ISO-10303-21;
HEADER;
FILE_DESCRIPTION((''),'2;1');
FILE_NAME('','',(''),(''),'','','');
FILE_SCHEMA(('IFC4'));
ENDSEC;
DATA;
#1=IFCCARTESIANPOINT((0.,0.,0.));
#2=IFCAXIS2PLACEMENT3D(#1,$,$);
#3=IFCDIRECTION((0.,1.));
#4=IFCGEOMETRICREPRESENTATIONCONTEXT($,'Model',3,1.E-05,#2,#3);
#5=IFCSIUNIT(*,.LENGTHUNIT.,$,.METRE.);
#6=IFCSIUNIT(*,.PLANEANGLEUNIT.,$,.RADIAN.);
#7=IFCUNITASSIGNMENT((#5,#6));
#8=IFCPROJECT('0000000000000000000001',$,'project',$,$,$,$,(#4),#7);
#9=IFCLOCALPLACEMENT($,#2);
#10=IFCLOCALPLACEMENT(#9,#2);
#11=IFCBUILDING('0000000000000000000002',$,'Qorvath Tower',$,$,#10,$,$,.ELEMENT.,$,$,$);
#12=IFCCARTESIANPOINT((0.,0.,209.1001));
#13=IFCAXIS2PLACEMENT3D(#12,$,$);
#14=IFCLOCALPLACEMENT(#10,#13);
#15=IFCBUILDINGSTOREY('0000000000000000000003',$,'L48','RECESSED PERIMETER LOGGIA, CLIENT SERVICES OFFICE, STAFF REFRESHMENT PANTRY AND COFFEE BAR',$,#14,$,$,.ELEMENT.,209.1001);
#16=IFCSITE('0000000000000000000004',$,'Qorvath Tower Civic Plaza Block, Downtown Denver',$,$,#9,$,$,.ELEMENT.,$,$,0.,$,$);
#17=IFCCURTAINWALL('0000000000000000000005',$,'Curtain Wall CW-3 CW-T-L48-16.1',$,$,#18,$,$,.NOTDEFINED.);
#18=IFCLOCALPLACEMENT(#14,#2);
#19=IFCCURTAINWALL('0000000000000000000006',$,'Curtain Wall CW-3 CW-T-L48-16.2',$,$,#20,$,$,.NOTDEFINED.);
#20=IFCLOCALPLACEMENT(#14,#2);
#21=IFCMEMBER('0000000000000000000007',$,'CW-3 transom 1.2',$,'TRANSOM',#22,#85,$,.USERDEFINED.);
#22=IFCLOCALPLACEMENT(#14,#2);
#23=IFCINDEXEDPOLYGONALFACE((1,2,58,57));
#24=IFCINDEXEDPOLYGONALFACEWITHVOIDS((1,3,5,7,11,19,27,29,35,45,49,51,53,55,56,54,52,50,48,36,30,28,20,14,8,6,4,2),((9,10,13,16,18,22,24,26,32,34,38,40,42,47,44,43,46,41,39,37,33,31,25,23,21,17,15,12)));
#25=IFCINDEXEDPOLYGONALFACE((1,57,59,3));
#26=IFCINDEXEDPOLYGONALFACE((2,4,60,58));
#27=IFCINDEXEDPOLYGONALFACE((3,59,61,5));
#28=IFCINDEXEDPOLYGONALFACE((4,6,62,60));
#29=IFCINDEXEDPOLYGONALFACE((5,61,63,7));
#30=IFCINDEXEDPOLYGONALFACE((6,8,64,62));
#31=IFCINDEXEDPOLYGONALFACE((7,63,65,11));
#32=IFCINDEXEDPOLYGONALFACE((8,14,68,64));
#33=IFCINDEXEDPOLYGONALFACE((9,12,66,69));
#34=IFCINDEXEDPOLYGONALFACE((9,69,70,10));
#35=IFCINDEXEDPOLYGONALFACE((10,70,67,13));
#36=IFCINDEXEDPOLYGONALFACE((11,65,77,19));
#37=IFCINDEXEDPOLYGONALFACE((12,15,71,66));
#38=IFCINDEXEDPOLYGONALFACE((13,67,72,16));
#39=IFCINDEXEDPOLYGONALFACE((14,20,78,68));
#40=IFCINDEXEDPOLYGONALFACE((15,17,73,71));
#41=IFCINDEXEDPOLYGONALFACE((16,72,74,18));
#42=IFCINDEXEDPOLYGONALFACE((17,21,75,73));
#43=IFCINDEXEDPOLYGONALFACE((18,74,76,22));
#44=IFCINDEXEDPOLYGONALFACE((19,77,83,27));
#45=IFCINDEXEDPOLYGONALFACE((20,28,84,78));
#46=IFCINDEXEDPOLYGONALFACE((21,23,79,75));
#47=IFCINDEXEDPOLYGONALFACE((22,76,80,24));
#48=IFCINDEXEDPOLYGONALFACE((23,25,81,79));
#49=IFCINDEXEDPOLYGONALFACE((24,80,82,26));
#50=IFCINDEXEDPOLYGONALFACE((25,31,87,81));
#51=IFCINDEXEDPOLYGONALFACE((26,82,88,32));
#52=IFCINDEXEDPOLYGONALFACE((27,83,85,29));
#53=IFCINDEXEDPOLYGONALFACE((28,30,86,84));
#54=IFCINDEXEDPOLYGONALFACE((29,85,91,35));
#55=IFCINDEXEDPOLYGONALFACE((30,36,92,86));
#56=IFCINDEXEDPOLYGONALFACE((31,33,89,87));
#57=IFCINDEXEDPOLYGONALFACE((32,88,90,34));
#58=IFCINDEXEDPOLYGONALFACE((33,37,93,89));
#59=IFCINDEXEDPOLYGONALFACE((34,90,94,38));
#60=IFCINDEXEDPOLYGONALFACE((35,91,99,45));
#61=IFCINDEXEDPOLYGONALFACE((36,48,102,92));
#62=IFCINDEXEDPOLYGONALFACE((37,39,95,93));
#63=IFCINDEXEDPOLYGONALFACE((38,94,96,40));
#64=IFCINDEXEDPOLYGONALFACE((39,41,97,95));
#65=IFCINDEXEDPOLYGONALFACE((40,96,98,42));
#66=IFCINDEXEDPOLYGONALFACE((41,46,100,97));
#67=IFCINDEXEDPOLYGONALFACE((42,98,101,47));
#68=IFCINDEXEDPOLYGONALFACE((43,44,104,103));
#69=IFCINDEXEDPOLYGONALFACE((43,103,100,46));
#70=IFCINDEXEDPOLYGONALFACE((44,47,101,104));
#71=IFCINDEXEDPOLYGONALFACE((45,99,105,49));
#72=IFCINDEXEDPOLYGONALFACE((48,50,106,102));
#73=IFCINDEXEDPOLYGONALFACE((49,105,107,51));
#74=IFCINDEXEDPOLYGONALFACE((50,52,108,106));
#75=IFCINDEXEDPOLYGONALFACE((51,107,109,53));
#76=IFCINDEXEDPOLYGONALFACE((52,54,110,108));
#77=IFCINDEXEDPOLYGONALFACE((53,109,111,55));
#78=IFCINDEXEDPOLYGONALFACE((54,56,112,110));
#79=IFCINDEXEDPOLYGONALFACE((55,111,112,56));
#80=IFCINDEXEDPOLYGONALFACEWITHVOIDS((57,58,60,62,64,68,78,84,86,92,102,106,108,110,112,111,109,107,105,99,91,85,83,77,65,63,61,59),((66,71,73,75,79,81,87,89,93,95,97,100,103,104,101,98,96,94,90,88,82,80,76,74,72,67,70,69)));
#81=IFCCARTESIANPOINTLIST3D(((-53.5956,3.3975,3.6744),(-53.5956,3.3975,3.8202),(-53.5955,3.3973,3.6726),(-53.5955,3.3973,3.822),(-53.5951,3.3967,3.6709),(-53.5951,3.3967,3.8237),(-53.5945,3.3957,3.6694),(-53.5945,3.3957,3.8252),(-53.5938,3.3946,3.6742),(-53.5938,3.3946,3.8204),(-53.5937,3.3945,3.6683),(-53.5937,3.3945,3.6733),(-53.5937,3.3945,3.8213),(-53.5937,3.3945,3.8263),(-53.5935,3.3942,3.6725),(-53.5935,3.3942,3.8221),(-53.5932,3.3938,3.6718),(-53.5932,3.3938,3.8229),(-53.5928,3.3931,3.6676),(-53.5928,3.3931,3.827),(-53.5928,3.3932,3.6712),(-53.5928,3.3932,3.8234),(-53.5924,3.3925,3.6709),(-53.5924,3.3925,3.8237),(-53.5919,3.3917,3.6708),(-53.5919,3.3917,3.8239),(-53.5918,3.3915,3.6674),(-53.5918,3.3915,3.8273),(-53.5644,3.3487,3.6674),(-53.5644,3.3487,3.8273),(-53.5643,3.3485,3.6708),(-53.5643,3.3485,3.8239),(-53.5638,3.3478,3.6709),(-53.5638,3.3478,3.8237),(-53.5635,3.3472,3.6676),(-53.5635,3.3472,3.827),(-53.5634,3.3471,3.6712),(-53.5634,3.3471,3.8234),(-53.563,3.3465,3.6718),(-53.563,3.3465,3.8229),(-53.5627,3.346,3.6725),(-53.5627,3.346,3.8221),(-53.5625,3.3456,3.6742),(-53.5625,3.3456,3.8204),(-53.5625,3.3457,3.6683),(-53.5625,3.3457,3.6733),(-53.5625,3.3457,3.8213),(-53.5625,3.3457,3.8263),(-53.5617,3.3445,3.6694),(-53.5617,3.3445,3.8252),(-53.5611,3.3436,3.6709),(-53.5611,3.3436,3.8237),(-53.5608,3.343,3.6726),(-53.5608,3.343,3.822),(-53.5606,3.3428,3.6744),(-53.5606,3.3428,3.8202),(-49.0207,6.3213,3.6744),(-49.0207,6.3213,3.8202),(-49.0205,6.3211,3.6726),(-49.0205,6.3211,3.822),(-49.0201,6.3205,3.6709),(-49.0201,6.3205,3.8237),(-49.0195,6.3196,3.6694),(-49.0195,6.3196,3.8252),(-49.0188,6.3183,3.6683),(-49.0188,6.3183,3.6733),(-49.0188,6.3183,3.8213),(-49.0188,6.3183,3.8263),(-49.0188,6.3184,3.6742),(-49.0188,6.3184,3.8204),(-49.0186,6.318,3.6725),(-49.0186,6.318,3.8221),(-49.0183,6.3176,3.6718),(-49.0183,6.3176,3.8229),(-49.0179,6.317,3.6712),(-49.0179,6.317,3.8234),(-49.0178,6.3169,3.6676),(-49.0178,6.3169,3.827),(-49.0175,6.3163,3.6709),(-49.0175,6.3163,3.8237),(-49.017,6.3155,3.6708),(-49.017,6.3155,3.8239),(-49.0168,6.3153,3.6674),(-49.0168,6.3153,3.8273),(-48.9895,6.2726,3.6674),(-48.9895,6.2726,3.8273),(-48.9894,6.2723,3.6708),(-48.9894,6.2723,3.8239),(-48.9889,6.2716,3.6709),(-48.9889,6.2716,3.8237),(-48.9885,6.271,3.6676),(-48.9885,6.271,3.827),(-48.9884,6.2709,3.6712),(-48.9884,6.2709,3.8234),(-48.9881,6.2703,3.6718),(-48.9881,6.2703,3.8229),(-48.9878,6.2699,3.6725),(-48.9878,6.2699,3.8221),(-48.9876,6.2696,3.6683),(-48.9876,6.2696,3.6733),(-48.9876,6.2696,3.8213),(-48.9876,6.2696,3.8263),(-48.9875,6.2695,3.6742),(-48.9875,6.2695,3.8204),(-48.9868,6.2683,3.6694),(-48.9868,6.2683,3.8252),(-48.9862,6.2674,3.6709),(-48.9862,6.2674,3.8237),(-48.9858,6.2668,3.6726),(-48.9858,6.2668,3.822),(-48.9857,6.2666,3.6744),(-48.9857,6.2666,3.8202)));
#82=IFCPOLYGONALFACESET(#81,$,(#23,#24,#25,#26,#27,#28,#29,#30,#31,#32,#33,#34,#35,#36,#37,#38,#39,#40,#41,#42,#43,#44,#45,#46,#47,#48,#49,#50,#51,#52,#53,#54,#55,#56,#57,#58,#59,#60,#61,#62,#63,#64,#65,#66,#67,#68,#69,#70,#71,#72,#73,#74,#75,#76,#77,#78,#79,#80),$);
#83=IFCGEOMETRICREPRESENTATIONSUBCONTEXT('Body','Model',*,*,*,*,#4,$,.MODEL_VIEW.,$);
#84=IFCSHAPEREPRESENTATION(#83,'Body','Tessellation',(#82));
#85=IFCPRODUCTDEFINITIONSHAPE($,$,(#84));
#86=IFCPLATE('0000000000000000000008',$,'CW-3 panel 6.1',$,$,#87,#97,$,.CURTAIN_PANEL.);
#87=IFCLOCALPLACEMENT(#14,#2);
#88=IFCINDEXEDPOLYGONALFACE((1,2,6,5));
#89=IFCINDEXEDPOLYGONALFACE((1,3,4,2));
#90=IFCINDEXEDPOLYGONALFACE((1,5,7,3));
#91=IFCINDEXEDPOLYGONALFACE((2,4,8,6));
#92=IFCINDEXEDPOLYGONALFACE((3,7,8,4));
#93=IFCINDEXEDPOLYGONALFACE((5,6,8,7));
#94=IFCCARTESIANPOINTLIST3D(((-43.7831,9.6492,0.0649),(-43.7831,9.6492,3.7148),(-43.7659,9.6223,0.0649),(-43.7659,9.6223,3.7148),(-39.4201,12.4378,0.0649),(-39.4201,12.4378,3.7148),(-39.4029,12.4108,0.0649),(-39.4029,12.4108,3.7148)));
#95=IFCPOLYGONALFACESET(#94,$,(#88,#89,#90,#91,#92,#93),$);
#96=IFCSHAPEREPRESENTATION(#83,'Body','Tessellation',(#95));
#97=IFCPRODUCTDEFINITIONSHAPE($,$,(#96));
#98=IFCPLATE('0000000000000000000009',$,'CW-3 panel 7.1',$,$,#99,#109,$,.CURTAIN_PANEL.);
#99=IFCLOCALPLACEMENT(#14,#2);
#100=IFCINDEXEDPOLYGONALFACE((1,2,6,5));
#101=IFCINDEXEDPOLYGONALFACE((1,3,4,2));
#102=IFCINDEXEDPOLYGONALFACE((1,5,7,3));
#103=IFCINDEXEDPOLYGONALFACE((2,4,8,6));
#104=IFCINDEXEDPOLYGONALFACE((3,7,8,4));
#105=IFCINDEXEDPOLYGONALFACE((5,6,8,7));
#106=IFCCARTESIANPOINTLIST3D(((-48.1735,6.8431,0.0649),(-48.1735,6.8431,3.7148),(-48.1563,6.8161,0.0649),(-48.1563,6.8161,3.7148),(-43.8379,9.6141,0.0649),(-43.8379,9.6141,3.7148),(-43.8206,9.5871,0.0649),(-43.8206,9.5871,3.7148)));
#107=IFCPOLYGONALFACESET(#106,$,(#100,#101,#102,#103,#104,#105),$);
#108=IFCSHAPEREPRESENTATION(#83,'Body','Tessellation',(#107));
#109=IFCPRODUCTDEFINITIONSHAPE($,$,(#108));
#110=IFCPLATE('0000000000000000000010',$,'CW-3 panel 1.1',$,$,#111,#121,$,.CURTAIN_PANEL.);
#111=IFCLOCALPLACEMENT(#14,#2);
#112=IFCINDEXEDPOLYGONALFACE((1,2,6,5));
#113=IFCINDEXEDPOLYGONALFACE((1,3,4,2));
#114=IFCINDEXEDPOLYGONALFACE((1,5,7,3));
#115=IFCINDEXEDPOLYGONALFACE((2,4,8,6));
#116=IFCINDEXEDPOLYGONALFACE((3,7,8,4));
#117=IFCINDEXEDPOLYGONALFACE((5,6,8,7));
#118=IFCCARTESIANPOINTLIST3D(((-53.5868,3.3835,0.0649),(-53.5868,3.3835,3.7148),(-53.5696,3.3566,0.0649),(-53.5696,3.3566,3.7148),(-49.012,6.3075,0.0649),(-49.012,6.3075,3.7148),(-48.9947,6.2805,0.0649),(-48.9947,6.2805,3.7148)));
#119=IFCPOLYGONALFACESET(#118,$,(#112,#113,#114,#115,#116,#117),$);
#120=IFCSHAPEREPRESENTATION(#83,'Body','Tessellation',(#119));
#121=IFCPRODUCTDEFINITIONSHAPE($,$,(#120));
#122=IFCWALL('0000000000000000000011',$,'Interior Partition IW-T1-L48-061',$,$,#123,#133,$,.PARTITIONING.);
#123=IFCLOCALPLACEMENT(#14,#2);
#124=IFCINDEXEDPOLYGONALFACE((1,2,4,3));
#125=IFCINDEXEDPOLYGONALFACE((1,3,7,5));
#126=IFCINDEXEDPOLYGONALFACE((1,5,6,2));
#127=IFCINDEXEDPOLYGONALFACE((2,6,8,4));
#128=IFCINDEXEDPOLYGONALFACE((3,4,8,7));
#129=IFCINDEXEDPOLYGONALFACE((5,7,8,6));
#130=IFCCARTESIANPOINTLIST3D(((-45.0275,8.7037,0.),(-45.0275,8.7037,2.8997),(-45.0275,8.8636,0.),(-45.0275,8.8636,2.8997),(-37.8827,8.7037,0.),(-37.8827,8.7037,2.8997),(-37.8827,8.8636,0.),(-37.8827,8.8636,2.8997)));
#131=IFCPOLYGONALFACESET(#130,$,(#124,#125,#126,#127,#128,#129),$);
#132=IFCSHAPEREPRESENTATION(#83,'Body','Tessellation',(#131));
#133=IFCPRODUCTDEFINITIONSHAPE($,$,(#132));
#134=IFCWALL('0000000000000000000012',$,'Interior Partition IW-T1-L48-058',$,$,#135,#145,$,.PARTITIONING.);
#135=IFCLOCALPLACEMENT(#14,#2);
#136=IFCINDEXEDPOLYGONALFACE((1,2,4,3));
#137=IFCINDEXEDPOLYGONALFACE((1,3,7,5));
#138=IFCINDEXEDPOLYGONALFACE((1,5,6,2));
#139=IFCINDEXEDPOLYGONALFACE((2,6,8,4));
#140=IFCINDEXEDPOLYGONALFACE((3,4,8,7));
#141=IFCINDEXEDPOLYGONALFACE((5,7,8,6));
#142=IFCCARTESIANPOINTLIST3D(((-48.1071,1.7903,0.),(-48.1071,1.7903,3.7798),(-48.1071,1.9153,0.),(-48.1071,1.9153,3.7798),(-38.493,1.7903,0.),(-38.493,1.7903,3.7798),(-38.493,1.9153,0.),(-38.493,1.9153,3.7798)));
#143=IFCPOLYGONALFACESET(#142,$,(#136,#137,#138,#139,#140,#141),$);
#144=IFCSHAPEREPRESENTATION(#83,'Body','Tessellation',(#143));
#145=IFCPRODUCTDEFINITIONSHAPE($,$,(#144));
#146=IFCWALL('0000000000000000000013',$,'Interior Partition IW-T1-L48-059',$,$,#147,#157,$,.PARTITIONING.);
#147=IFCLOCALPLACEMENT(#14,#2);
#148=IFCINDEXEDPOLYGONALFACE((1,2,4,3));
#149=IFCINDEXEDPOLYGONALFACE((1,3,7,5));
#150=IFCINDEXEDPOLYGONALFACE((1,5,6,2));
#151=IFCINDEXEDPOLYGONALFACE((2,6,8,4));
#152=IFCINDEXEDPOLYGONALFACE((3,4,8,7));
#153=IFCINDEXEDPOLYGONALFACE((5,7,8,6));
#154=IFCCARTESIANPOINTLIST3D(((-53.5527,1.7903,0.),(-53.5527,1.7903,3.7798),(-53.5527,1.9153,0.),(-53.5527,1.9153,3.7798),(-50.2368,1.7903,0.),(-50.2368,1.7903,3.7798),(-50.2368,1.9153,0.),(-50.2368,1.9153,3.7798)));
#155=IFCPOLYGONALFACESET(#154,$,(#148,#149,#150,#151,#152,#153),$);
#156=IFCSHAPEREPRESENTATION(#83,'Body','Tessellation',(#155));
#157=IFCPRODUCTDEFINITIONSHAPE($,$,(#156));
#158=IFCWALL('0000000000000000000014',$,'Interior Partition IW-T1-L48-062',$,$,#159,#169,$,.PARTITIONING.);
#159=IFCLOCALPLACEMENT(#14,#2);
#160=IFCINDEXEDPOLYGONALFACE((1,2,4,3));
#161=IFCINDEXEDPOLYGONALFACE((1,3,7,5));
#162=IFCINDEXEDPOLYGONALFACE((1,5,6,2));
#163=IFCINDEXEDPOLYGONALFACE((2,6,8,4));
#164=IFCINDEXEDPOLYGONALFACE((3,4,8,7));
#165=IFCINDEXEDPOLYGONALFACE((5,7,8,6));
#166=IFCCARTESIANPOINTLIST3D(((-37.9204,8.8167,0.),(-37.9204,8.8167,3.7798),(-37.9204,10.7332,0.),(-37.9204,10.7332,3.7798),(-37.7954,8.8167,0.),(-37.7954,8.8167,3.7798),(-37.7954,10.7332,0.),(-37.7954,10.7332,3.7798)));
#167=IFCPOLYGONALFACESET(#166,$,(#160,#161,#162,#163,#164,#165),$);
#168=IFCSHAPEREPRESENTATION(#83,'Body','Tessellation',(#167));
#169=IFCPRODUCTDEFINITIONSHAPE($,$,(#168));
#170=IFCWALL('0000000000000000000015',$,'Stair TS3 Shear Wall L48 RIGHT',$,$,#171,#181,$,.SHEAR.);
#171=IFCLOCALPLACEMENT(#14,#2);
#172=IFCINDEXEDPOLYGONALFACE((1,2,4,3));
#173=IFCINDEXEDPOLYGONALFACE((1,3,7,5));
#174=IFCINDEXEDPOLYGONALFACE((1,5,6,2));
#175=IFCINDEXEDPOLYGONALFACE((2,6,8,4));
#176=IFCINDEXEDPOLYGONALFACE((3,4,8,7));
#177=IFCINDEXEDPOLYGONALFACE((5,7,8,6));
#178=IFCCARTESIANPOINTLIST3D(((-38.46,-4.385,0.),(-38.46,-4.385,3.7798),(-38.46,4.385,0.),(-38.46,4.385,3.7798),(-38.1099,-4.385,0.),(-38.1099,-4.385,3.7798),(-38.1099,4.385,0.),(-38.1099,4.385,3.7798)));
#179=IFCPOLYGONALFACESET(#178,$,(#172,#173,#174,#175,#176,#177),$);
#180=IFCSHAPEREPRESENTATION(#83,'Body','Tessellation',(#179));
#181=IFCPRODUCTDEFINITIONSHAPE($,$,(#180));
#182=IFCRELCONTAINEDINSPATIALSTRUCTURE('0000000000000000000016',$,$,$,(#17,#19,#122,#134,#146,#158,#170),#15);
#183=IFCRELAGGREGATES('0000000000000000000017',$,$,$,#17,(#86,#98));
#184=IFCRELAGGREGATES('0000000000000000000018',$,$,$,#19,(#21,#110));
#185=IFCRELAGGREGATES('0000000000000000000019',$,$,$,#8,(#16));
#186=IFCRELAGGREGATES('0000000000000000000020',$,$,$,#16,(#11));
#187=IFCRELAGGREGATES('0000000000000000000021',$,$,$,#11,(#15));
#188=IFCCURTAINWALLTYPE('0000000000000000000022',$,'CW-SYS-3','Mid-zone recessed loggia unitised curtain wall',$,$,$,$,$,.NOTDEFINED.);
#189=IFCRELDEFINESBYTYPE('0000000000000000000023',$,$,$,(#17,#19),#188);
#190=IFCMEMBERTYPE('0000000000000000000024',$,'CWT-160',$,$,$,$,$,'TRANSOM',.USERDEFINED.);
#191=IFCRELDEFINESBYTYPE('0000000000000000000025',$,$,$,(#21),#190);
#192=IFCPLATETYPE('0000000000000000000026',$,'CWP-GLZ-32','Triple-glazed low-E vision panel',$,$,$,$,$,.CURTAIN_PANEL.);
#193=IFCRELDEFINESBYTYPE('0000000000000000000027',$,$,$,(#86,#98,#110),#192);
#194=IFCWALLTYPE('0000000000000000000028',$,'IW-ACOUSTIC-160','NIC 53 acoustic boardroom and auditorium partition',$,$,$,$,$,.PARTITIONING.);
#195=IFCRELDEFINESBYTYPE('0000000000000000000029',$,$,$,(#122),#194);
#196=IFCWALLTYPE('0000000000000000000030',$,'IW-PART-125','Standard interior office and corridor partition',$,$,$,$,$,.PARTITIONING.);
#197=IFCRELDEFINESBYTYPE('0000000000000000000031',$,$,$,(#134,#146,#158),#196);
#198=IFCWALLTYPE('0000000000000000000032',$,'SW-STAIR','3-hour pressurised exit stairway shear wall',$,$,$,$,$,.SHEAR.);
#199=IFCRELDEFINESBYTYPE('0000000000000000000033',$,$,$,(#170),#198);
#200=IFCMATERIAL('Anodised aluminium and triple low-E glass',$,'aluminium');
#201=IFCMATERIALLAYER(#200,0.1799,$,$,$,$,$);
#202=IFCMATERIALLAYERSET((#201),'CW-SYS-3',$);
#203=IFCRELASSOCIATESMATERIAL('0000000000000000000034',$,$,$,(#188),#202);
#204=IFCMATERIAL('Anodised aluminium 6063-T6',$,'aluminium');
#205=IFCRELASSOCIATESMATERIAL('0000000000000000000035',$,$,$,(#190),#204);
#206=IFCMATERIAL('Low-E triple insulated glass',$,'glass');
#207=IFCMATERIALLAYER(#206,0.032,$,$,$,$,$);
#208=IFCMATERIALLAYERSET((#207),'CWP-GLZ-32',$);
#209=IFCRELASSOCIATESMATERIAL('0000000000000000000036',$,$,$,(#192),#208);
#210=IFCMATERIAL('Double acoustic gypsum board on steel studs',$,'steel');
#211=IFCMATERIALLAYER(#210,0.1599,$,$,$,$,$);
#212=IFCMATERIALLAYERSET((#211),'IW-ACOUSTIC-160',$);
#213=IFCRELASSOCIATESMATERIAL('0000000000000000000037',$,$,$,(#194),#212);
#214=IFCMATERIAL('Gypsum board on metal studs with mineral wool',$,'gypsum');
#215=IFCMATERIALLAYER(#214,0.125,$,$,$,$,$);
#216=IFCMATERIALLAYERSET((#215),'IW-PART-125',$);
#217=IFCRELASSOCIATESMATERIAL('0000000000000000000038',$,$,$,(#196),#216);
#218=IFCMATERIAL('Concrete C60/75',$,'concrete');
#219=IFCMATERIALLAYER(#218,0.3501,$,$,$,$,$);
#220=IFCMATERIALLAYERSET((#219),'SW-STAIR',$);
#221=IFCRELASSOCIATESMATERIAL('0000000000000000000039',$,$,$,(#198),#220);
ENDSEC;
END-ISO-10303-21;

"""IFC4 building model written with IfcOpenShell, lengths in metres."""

from ifc_helpers import new_model, si_unit, direction, frame, frame_2d, origin, origin_2d, place, context, subcontext, project, spatial, rectangle, hollow_rectangle, extrude, material, layer, layer_set, material_profile, profile_set, type_object, element, aggregate, save


model = new_model("IFC4")

# Units and contexts
model_context = context("Model", 3, precision=1e-05, world=origin(), true_north=direction((0.0, 1.0)))
body_context = subcontext(model_context, "Body", "Model", "MODEL_VIEW")
ifc_project = project(units=[si_unit("LENGTHUNIT", "METRE"), si_unit("PLANEANGLEUNIT", "RADIAN")], contexts=[model_context])

# Site, building, storey
site_placement = place(None, origin())
site = spatial("IfcSite", under=ifc_project, at=site_placement, Name="Qorvath Tower Civic Plaza Block, Downtown Denver", CompositionType="ELEMENT", RefElevation=0.0)
building_placement = place(site_placement, origin())
building = spatial("IfcBuilding", under=site, at=building_placement, Name="Qorvath Tower", CompositionType="ELEMENT")
storey_placement = place(building_placement, frame((0.0, 0.0, 209.1001)))
storey = spatial("IfcBuildingStorey", under=building, at=storey_placement, Name="L48", Description="RECESSED PERIMETER LOGGIA, CLIENT SERVICES OFFICE, STAFF REFRESHMENT PANTRY AND COFFEE BAR", CompositionType="ELEMENT", Elevation=209.1001)

# Curtain walls
ifc_material_1 = material(Name="Anodised aluminium and triple low-E glass", Category="aluminium")
ifc_layer_1 = layer(ifc_material_1, 0.1799)
ifc_layer_set_1 = layer_set([ifc_layer_1], Name="CW-SYS-3")
curtain_wall_type = type_object("IfcCurtainWallType", Name="CW-SYS-3", Description="Mid-zone recessed loggia unitised curtain wall", PredefinedType="NOTDEFINED", material=ifc_layer_set_1)
curtain_wall_1_placement = place(storey_placement, origin())
curtain_wall_1 = element("IfcCurtainWall", 1, at=curtain_wall_1_placement, inside=storey, type_object=curtain_wall_type, Name="Curtain Wall CW-3 CW-T-L48-16.1", PredefinedType="NOTDEFINED")
curtain_wall_2_placement = place(storey_placement, origin())
curtain_wall_2 = element("IfcCurtainWall", 2, at=curtain_wall_2_placement, inside=storey, type_object=curtain_wall_type, Name="Curtain Wall CW-3 CW-T-L48-16.2", PredefinedType="NOTDEFINED")

# Member
ifc_material_2 = material(Name="Anodised aluminium 6063-T6", Category="aluminium")
ifc_material_profile_1 = material_profile(ifc_material_2, hollow_rectangle(XDim=0.0649, YDim=0.1599, WallThickness=0.0034, InnerFilletRadius=0.0034, OuterFilletRadius=0.0071, at=origin_2d()), Name="CWT 160x65")
ifc_profile_set_1 = profile_set([ifc_material_profile_1], Name="Anodised aluminium 6063-T6")
member_type_1 = type_object("IfcMemberType", Name="CWT-160", ElementType="TRANSOM", PredefinedType="USERDEFINED", material=ifc_profile_set_1)
member_1_placement = place(storey_placement, frame((-49.0032, 6.2939, 3.7473), z_axis=(-0.842617, -0.538513, 0.0), x_axis=(0.538513, -0.842617, 0.0)))
member_1 = element("IfcMember", 3, at=member_1_placement, type_object=member_type_1, Name="CW-3 transom 1.2", ObjectType="TRANSOM", PredefinedType="USERDEFINED", context=body_context, shape_type="SweptSolid", body=[
    extrude(hollow_rectangle(XDim=0.0649, YDim=0.1599, WallThickness=0.0034, InnerFilletRadius=0.0034, OuterFilletRadius=0.0071, at=origin_2d()), origin(), (0.0, 0.0, 1.0), 5.4294),
])

# Plates
ifc_material_3 = material(Name="Low-E triple insulated glass", Category="glass")
ifc_layer_2 = layer(ifc_material_3, 0.032)
ifc_layer_set_2 = layer_set([ifc_layer_2], Name="CWP-GLZ-32")
plate_type = type_object("IfcPlateType", Name="CWP-GLZ-32", Description="Triple-glazed low-E vision panel", PredefinedType="CURTAIN_PANEL", material=ifc_layer_set_2)
plate_1_placement = place(storey_placement, frame((-41.593, 11.03, 0.0649), z_axis=(0.0, 0.0, 1.0), x_axis=(-0.842605, -0.538532, 0.0)))
plate_1 = element("IfcPlate", 4, at=plate_1_placement, type_object=plate_type, Name="CW-3 panel 6.1", PredefinedType="CURTAIN_PANEL", context=body_context, shape_type="SweptSolid", body=[
    extrude(rectangle(XDim=5.178, YDim=0.032, at=origin_2d()), origin(), (0.0, 0.0, 1.0), 3.6499),
])
plate_2_placement = place(storey_placement, frame((-45.9971, 8.2151, 0.0649), z_axis=(0.0, 0.0, 1.0), x_axis=(-0.842605, -0.538532, 0.0)))
plate_2 = element("IfcPlate", 5, at=plate_2_placement, type_object=plate_type, Name="CW-3 panel 7.1", PredefinedType="CURTAIN_PANEL", context=body_context, shape_type="SweptSolid", body=[
    extrude(rectangle(XDim=5.1455, YDim=0.032, at=origin_2d()), origin(), (0.0, 0.0, 1.0), 3.6499),
])
aggregate(curtain_wall_1, [plate_1, plate_2])
plate_3_placement = place(storey_placement, frame((-51.2908, 4.832, 0.0649), z_axis=(0.0, 0.0, 1.0), x_axis=(-0.842602, -0.538537, 0.0)))
plate_3 = element("IfcPlate", 6, at=plate_3_placement, type_object=plate_type, Name="CW-3 panel 1.1", PredefinedType="CURTAIN_PANEL", context=body_context, shape_type="SweptSolid", body=[
    extrude(rectangle(XDim=5.4294, YDim=0.032, at=origin_2d()), origin(), (0.0, 0.0, 1.0), 3.6499),
])
aggregate(curtain_wall_2, [member_1, plate_3])

# Shared definitions
ifc_material_4 = material(Name="Double acoustic gypsum board on steel studs", Category="steel")
ifc_layer_3 = layer(ifc_material_4, 0.1599)
ifc_layer_set_3 = layer_set([ifc_layer_3], Name="IW-ACOUSTIC-160")
wall_type_1 = type_object("IfcWallType", Name="IW-ACOUSTIC-160", Description="NIC 53 acoustic boardroom and auditorium partition", PredefinedType="PARTITIONING", material=ifc_layer_set_3)

# Walls
wall_1_placement = place(storey_placement, frame((-37.8828, 8.7837, 0.0), z_axis=(0.0, 0.0, 1.0), x_axis=(-1.0, 0.0, 0.0)))
element("IfcWall", 7, at=wall_1_placement, inside=storey, type_object=wall_type_1, Name="Interior Partition IW-T1-L48-061", PredefinedType="PARTITIONING", context=body_context, shape_type="SweptSolid", body=[
    extrude(rectangle(XDim=7.1448, YDim=0.1599, at=frame_2d((3.5723, 0.0))), origin(), (0.0, 0.0, 1.0), 2.8997),
])
ifc_material_5 = material(Name="Gypsum board on metal studs with mineral wool", Category="gypsum")
ifc_layer_4 = layer(ifc_material_5, 0.125)
ifc_layer_set_4 = layer_set([ifc_layer_4], Name="IW-PART-125")
wall_type_2 = type_object("IfcWallType", Name="IW-PART-125", Description="Standard interior office and corridor partition", PredefinedType="PARTITIONING", material=ifc_layer_set_4)
wall_2_placement = place(storey_placement, frame((-38.4929, 1.8528, 0.0), z_axis=(0.0, 0.0, 1.0), x_axis=(-1.0, 0.0, 0.0)))
element("IfcWall", 8, at=wall_2_placement, inside=storey, type_object=wall_type_2, Name="Interior Partition IW-T1-L48-058", PredefinedType="PARTITIONING", context=body_context, shape_type="SweptSolid", body=[
    extrude(rectangle(XDim=9.614, YDim=0.125, at=frame_2d((4.8071, 0.0))), origin(), (0.0, 0.0, 1.0), 3.7798),
])
wall_3_placement = place(storey_placement, frame((-50.2368, 1.8528, 0.0), z_axis=(0.0, 0.0, 1.0), x_axis=(-1.0, 0.0, 0.0)))
element("IfcWall", 9, at=wall_3_placement, inside=storey, type_object=wall_type_2, Name="Interior Partition IW-T1-L48-059", PredefinedType="PARTITIONING", context=body_context, shape_type="SweptSolid", body=[
    extrude(rectangle(XDim=3.3159, YDim=0.125, at=frame_2d((1.658, 0.0))), origin(), (0.0, 0.0, 1.0), 3.7798),
])
wall_4_placement = place(storey_placement, frame((-37.8579, 8.8167, 0.0), z_axis=(0.0, 0.0, 1.0), x_axis=(0.0, 1.0, 0.0)))
element("IfcWall", 10, at=wall_4_placement, inside=storey, type_object=wall_type_2, Name="Interior Partition IW-T1-L48-062", PredefinedType="PARTITIONING", context=body_context, shape_type="SweptSolid", body=[
    extrude(rectangle(XDim=1.9165, YDim=0.125, at=frame_2d((0.9583, 0.0))), origin(), (0.0, 0.0, 1.0), 3.7798),
])
ifc_material_6 = material(Name="Concrete C60/75", Category="concrete")
ifc_layer_5 = layer(ifc_material_6, 0.3501)
ifc_layer_set_5 = layer_set([ifc_layer_5], Name="SW-STAIR")
wall_type_3 = type_object("IfcWallType", Name="SW-STAIR", Description="3-hour pressurised exit stairway shear wall", PredefinedType="SHEAR", material=ifc_layer_set_5)
wall_5_placement = place(storey_placement, frame((-38.2849, 4.385, 0.0), z_axis=(0.0, 0.0, 1.0), x_axis=(0.0, -1.0, 0.0)))
element("IfcWall", 11, at=wall_5_placement, inside=storey, type_object=wall_type_3, Name="Stair TS3 Shear Wall L48 RIGHT", PredefinedType="SHEAR", context=body_context, shape_type="SweptSolid", body=[
    extrude(rectangle(XDim=8.77, YDim=0.3501, at=frame_2d((4.385, 0.0))), origin(), (0.0, 0.0, 1.0), 3.7798),
])

save(model, "model.ifc")
